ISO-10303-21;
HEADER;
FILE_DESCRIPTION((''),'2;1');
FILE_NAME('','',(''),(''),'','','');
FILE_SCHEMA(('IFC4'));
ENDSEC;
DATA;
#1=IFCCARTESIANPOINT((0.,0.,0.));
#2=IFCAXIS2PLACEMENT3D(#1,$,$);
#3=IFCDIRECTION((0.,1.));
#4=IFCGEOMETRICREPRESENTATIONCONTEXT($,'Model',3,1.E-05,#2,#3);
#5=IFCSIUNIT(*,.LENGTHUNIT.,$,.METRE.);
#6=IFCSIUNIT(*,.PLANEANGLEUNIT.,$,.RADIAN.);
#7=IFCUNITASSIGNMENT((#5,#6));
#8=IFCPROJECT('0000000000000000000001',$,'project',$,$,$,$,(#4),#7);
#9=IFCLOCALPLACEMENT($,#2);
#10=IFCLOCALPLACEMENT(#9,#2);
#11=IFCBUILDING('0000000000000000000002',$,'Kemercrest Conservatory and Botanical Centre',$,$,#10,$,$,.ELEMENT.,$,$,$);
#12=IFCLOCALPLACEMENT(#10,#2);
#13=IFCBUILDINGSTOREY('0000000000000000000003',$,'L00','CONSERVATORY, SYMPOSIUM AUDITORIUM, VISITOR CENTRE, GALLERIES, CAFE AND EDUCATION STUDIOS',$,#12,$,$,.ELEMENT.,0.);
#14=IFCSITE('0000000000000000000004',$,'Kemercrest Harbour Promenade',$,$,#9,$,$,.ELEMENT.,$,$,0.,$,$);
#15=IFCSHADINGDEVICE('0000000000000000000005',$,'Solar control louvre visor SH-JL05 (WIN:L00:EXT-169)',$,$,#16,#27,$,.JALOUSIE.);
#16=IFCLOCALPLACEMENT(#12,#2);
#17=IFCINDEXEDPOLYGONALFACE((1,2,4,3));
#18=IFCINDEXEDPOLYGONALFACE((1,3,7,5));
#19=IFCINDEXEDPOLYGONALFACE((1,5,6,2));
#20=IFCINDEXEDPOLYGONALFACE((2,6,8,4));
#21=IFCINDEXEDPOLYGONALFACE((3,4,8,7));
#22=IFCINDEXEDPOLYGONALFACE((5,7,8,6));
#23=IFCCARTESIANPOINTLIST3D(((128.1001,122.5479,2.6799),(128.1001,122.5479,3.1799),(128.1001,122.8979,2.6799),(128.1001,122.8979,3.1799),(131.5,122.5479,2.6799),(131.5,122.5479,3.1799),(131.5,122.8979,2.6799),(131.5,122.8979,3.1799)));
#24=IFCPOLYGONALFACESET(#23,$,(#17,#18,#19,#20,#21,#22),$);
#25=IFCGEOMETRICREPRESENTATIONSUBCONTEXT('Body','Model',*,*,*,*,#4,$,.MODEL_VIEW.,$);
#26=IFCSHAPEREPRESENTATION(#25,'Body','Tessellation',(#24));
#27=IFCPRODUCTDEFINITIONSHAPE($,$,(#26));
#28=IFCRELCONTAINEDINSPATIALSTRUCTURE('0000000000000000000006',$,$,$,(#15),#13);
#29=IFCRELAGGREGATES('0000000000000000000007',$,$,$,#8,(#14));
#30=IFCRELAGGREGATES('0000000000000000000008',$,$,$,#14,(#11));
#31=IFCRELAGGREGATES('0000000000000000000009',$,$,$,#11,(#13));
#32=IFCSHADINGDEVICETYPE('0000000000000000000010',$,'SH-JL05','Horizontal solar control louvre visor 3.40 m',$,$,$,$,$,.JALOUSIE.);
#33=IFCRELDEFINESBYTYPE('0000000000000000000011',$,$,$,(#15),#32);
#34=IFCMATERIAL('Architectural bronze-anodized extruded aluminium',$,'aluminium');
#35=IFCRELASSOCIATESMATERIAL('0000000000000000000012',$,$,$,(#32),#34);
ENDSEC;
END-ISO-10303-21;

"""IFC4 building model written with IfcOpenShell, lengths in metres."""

from ifc_helpers import new_model, si_unit, direction, frame, origin, origin_2d, place, context, subcontext, project, spatial, rectangle, extrude, material, type_object, element, save


model = new_model("IFC4")

# Units and contexts
model_context = context("Model", 3, precision=1e-05, world=origin(), true_north=direction((0.0, 1.0)))
body_context = subcontext(model_context, "Body", "Model", "MODEL_VIEW")
ifc_project = project(units=[si_unit("LENGTHUNIT", "METRE"), si_unit("PLANEANGLEUNIT", "RADIAN")], contexts=[model_context])

# Site, building, storey
site_placement = place(None, origin())
site = spatial("IfcSite", under=ifc_project, at=site_placement, Name="Kemercrest Harbour Promenade", CompositionType="ELEMENT", RefElevation=0.0)
building_placement = place(site_placement, origin())
building = spatial("IfcBuilding", under=site, at=building_placement, Name="Kemercrest Conservatory and Botanical Centre", CompositionType="ELEMENT")
storey_placement = place(building_placement, origin())
storey = spatial("IfcBuildingStorey", under=building, at=storey_placement, Name="L00", Description="CONSERVATORY, SYMPOSIUM AUDITORIUM, VISITOR CENTRE, GALLERIES, CAFE AND EDUCATION STUDIOS", CompositionType="ELEMENT", Elevation=0.0)

# Shading device
ifc_material_1 = material(Name="Architectural bronze-anodized extruded aluminium", Category="aluminium")
shading_device_type = type_object("IfcShadingDeviceType", Name="SH-JL05", Description="Horizontal solar control louvre visor 3.40 m", PredefinedType="JALOUSIE", material=ifc_material_1)
shading_device_placement = place(storey_placement, frame((129.8, 122.7229, 2.6799), z_axis=(0.0, 0.0, 1.0), x_axis=(-1.0, 0.0, 0.0)))
element("IfcShadingDevice", 1, at=shading_device_placement, inside=storey, type_object=shading_device_type, Name="Solar control louvre visor SH-JL05 (WIN:L00:EXT-169)", PredefinedType="JALOUSIE", context=body_context, shape_type="SweptSolid", body=[
    extrude(rectangle(XDim=3.3999, YDim=0.3501, at=origin_2d()), origin(), (0.0, 0.0, 1.0), 0.5),
])

save(model, "model.ifc")
